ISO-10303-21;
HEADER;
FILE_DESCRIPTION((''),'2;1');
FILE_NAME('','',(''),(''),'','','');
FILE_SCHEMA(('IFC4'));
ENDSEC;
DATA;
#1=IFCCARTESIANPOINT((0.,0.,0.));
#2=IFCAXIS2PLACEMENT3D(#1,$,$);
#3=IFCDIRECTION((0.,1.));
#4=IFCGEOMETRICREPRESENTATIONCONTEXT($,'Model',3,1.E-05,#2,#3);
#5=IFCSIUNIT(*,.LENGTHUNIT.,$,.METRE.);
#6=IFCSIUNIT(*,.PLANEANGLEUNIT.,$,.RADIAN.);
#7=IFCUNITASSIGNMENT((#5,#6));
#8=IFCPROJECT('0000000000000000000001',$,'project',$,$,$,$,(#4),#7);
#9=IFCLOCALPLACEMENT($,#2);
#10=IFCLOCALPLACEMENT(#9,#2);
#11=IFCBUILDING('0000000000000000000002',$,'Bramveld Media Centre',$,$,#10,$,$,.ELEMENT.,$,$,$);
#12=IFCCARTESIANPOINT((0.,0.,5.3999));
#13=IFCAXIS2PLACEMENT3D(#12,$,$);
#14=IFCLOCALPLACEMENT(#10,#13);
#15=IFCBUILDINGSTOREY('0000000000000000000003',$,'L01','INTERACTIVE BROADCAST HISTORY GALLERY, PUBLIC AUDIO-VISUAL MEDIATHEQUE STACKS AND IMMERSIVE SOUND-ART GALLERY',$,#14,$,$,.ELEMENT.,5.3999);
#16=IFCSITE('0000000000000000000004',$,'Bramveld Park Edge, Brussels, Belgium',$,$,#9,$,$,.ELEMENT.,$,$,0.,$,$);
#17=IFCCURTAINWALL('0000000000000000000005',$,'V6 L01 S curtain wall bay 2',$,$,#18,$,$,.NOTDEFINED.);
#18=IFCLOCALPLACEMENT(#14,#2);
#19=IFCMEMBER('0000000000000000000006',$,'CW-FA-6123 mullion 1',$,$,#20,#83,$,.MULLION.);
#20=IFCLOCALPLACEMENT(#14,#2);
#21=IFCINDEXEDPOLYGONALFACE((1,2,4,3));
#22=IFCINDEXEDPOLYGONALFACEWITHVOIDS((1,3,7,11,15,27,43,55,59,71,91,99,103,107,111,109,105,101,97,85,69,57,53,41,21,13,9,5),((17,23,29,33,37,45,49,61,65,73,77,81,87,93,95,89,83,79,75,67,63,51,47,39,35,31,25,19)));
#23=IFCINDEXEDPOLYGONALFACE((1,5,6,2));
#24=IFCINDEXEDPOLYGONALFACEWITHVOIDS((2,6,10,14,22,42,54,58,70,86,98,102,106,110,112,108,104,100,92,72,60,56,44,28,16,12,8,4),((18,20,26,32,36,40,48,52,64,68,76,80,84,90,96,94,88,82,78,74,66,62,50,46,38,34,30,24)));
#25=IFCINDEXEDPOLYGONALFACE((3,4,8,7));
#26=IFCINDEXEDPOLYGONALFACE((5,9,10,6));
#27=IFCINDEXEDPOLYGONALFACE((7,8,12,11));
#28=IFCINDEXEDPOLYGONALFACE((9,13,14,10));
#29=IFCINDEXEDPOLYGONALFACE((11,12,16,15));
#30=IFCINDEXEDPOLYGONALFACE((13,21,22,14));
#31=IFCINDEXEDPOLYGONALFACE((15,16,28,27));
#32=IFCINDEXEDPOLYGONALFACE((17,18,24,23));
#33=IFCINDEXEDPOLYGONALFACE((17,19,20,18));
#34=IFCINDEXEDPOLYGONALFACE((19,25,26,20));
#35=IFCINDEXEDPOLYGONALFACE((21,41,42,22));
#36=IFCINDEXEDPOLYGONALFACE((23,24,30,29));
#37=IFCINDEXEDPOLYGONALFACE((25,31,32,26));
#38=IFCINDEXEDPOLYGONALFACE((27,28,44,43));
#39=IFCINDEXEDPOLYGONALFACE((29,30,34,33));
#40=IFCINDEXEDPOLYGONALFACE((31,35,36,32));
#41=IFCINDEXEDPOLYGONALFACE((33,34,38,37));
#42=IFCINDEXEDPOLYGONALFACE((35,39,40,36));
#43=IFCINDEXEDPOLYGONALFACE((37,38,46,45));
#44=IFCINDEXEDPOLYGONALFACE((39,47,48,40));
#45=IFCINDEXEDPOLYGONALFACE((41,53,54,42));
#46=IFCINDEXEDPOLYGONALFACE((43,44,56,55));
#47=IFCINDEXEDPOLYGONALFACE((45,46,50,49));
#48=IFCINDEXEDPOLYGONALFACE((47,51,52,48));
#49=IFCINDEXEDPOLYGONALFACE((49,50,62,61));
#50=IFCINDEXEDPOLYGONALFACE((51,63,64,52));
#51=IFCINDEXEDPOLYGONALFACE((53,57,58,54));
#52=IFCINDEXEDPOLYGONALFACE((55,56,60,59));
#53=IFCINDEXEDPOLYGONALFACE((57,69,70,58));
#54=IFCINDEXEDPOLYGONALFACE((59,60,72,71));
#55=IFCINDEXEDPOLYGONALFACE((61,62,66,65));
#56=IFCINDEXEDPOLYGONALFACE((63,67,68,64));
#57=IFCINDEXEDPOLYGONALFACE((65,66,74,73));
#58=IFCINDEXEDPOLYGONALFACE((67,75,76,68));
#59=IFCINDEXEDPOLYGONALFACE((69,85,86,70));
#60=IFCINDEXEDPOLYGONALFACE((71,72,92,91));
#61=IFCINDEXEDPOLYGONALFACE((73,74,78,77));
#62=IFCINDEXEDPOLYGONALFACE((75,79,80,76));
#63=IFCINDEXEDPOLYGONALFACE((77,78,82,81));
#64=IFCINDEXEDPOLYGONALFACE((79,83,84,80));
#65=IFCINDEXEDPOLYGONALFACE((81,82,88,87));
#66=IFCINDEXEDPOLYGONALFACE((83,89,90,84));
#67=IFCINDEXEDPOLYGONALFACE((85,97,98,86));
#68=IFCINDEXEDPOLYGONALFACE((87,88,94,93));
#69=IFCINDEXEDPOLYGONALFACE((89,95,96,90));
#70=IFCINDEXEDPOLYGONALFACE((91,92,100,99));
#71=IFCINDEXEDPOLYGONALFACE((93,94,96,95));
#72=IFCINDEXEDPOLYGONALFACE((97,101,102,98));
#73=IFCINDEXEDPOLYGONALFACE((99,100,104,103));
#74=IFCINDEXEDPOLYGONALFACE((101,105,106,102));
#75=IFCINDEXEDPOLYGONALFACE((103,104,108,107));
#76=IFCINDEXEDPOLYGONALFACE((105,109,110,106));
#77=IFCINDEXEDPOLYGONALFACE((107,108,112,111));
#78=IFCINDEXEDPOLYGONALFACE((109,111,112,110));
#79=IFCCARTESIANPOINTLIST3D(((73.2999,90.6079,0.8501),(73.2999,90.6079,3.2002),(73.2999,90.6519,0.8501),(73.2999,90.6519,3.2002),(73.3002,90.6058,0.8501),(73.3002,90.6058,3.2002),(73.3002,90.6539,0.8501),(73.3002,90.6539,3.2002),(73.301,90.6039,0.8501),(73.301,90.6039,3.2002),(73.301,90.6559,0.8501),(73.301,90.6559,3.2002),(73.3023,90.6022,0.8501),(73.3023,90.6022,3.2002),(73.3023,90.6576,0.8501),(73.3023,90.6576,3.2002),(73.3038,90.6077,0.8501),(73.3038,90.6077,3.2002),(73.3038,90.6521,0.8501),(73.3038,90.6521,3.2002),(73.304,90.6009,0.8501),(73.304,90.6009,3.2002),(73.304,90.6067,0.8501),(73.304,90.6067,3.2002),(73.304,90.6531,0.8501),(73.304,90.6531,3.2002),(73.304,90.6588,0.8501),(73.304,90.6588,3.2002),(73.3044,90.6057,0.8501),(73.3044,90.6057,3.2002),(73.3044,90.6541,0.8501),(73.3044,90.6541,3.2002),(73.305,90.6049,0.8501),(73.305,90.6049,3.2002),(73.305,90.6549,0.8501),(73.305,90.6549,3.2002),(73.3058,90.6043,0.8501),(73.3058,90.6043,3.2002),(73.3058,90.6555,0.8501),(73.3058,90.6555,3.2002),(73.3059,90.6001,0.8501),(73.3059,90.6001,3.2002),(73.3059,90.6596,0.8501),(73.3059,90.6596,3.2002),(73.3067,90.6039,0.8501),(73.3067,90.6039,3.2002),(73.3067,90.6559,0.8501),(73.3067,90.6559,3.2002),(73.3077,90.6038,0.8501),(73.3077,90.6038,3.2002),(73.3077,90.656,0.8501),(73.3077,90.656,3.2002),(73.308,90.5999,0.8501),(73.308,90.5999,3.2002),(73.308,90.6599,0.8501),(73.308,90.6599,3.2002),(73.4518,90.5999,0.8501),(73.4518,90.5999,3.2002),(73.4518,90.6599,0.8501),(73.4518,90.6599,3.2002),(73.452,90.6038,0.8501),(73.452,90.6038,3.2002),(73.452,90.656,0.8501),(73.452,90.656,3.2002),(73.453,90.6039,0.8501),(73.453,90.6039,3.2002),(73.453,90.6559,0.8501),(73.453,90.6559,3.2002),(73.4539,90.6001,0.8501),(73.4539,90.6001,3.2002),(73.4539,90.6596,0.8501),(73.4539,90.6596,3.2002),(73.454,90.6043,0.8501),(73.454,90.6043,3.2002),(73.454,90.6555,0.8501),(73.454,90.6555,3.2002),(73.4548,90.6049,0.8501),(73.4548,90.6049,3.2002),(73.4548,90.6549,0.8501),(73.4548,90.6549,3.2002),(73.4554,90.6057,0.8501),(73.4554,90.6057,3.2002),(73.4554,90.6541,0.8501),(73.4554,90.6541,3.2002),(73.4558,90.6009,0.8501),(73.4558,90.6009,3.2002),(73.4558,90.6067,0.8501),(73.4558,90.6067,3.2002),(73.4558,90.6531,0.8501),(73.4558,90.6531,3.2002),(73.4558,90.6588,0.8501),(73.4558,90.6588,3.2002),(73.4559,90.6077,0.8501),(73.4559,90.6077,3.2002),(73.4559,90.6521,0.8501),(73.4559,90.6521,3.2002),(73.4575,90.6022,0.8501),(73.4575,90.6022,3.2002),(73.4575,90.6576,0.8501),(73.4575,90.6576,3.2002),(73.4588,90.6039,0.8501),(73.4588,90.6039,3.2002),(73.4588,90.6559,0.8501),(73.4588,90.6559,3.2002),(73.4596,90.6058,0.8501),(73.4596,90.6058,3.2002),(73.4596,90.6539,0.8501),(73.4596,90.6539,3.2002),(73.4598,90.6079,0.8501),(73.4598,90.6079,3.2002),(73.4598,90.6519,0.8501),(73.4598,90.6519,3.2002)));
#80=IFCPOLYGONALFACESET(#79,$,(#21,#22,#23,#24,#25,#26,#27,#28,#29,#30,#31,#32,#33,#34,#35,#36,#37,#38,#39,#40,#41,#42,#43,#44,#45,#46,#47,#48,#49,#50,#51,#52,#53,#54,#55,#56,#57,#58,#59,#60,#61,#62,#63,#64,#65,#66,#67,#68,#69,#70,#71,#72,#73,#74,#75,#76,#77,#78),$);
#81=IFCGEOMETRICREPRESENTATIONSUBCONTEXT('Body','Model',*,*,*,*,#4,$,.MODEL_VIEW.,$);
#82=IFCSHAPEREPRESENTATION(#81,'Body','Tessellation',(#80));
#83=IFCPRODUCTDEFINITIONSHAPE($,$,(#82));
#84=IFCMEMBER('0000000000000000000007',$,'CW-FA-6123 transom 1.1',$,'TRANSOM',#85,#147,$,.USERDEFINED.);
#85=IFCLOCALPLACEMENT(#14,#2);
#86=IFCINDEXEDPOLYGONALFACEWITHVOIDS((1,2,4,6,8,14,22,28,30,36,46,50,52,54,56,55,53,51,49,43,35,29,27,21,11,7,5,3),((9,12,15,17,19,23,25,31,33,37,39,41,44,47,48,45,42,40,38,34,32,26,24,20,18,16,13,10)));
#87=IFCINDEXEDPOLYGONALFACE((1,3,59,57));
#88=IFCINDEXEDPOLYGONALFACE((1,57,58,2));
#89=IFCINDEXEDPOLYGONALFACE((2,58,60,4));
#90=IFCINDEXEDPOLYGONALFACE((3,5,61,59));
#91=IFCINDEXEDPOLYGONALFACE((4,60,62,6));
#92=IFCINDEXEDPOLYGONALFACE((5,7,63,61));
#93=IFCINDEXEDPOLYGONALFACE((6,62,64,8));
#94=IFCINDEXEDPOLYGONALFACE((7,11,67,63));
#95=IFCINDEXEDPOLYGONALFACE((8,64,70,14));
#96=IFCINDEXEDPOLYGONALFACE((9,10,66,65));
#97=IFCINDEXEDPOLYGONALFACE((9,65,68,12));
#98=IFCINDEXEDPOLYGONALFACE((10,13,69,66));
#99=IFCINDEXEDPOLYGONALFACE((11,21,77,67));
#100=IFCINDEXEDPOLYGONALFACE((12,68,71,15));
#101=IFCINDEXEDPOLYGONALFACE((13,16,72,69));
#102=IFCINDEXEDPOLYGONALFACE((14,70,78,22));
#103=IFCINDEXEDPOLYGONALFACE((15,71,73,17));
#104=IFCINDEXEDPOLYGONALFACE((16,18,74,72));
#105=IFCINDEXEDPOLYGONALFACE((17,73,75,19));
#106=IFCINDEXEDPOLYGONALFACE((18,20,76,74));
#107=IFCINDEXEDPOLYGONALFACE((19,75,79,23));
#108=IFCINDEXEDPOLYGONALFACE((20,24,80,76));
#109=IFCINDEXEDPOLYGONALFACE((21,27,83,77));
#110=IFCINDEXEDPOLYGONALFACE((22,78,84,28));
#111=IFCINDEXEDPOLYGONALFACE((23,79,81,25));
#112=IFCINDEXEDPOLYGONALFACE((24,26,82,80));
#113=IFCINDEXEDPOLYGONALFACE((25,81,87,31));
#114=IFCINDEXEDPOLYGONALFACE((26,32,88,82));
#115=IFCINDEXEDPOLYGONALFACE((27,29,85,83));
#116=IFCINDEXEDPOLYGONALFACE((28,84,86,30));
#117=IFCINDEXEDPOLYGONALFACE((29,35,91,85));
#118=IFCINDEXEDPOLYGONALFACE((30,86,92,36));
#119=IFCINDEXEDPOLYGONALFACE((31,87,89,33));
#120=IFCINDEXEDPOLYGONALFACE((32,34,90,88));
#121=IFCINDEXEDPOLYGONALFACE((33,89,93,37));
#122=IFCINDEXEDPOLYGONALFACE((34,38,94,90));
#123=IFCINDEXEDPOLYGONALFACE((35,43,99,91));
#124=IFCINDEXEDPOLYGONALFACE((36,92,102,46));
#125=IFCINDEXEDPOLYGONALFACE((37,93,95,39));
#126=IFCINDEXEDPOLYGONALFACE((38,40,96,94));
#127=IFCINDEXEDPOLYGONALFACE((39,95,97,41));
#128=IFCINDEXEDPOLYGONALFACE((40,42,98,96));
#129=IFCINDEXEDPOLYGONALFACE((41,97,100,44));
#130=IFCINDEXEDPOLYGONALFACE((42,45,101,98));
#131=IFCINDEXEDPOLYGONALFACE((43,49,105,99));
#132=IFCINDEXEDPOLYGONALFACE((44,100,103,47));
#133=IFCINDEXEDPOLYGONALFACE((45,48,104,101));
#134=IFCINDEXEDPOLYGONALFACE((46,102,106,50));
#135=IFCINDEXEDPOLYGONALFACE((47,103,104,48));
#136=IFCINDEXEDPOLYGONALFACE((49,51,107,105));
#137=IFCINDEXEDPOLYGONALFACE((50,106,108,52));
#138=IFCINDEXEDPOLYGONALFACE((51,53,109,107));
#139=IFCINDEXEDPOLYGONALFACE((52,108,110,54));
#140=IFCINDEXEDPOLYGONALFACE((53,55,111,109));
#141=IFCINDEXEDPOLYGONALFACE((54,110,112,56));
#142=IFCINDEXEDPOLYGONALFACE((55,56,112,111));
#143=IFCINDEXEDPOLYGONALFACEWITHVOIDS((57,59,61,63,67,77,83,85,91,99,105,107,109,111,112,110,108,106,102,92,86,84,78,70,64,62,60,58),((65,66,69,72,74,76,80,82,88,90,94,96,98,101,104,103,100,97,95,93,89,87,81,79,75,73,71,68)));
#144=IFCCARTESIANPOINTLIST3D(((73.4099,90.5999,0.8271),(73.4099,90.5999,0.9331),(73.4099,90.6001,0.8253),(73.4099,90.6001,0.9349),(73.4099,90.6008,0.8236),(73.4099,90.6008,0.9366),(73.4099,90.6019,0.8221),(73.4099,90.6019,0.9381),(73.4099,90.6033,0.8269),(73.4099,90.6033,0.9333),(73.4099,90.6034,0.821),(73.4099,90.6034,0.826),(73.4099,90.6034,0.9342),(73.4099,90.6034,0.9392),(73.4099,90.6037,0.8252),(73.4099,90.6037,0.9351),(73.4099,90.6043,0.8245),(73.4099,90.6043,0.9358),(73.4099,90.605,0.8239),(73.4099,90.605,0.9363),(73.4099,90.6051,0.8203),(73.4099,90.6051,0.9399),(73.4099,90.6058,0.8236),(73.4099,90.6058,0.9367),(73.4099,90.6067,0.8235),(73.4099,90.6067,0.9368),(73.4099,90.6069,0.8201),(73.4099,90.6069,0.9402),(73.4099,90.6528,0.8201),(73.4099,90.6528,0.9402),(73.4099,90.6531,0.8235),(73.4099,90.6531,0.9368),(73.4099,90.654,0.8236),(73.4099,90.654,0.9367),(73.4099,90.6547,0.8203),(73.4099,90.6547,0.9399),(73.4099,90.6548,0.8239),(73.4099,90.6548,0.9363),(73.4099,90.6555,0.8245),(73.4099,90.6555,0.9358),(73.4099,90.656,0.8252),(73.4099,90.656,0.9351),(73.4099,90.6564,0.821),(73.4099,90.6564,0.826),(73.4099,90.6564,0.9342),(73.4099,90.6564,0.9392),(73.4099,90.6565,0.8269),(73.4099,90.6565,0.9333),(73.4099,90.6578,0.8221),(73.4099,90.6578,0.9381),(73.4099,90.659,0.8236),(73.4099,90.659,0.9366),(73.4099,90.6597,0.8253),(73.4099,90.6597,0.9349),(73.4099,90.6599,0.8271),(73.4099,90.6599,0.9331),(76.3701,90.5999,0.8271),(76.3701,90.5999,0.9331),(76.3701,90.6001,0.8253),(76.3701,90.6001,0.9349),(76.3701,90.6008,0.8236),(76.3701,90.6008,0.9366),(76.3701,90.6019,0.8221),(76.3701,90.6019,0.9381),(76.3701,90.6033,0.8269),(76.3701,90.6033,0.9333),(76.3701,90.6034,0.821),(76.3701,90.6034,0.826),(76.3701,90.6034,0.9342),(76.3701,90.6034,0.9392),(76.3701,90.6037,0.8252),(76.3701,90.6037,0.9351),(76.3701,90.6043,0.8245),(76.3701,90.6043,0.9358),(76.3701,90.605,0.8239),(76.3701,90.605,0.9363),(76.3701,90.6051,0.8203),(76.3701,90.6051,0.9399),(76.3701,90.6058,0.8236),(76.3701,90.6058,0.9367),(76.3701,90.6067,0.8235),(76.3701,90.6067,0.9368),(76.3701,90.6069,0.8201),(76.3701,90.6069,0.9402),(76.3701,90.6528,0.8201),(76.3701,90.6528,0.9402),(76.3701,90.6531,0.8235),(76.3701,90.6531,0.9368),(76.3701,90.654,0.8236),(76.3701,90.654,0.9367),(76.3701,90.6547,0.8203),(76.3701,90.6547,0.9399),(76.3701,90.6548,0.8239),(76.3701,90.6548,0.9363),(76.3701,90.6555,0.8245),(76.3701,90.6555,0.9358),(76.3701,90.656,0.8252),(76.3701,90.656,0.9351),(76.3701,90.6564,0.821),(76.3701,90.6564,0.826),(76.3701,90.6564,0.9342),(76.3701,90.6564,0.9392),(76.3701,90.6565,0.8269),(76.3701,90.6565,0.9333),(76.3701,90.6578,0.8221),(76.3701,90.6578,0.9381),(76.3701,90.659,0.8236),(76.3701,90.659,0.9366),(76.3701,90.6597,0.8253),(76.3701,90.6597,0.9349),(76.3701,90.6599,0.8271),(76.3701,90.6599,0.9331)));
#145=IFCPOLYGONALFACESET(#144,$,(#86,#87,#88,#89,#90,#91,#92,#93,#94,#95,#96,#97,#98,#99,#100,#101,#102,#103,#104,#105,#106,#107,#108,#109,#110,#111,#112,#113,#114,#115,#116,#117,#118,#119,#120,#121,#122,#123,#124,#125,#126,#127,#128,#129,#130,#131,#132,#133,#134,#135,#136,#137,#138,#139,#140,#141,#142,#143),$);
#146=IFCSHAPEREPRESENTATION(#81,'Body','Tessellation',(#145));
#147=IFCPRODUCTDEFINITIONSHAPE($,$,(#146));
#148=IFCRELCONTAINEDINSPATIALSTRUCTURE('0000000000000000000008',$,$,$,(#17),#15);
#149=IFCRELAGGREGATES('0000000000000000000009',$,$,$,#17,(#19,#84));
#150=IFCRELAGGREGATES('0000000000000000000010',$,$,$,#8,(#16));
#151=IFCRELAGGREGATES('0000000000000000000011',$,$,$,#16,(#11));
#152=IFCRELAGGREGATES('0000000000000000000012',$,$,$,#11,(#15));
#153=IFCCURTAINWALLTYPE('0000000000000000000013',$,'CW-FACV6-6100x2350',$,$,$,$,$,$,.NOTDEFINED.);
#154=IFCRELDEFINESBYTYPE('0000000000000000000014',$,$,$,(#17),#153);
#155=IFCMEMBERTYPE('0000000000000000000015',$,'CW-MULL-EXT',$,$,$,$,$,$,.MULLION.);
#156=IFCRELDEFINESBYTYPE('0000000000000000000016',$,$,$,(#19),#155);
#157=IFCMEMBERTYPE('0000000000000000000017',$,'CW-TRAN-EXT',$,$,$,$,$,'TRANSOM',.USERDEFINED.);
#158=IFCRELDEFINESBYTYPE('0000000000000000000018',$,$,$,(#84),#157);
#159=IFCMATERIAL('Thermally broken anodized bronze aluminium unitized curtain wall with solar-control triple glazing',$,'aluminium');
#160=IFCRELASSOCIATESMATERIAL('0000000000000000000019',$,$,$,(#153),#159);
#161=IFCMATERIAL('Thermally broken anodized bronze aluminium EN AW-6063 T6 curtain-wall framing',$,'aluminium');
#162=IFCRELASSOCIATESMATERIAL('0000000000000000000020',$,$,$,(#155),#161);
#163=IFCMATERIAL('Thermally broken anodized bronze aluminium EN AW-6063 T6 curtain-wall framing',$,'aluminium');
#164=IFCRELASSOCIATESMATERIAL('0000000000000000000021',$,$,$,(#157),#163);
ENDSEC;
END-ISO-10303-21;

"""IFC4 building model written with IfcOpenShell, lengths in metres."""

from ifc_helpers import new_model, si_unit, direction, frame, origin, origin_2d, place, context, subcontext, project, spatial, hollow_rectangle, extrude, material, material_profile, profile_set, type_object, element, aggregate, save


model = new_model("IFC4")

# Units and contexts
model_context = context("Model", 3, precision=1e-05, world=origin(), true_north=direction((0.0, 1.0)))
body_context = subcontext(model_context, "Body", "Model", "MODEL_VIEW")
ifc_project = project(units=[si_unit("LENGTHUNIT", "METRE"), si_unit("PLANEANGLEUNIT", "RADIAN")], contexts=[model_context])

# Site, building, storey
site_placement = place(None, origin())
site = spatial("IfcSite", under=ifc_project, at=site_placement, Name="Bramveld Park Edge, Brussels, Belgium", CompositionType="ELEMENT", RefElevation=0.0)
building_placement = place(site_placement, origin())
building = spatial("IfcBuilding", under=site, at=building_placement, Name="Bramveld Media Centre", CompositionType="ELEMENT")
storey_placement = place(building_placement, frame((0.0, 0.0, 5.3999)))
storey = spatial("IfcBuildingStorey", under=building, at=storey_placement, Name="L01", Description="INTERACTIVE BROADCAST HISTORY GALLERY, PUBLIC AUDIO-VISUAL MEDIATHEQUE STACKS AND IMMERSIVE SOUND-ART GALLERY", CompositionType="ELEMENT", Elevation=5.3999)

# Shared definitions
ifc_material_1 = material(Name="Thermally broken anodized bronze aluminium unitized curtain wall with solar-control triple glazing", Category="aluminium")
curtain_wall_type = type_object("IfcCurtainWallType", Name="CW-FACV6-6100x2350", PredefinedType="NOTDEFINED", material=ifc_material_1)
ifc_material_2 = material(Name="Thermally broken anodized bronze aluminium EN AW-6063 T6 curtain-wall framing", Category="aluminium")
ifc_material_profile_1 = material_profile(ifc_material_2, hollow_rectangle(XDim=0.0601, YDim=0.1599, WallThickness=0.0039, InnerFilletRadius=0.0039, OuterFilletRadius=0.0081, at=origin_2d()), Name="AL-MULL 60x160")
ifc_profile_set_1 = profile_set([ifc_material_profile_1], Name="Thermally broken anodized bronze aluminium EN AW-6063 T6 curtain-wall framing")
member_type_1 = type_object("IfcMemberType", Name="CW-MULL-EXT", PredefinedType="MULLION", material=ifc_profile_set_1)

# Curtain wall, members
curtain_wall_1_placement = place(storey_placement, origin())
curtain_wall_1 = element("IfcCurtainWall", 1, at=curtain_wall_1_placement, inside=storey, type_object=curtain_wall_type, Name="V6 L01 S curtain wall bay 2", PredefinedType="NOTDEFINED")
member_1_placement = place(storey_placement, frame((73.3799, 90.6299, 0.8501), z_axis=(0.0, 0.0, 1.0), x_axis=(0.0, 1.0, 0.0)))
member_1 = element("IfcMember", 2, at=member_1_placement, type_object=member_type_1, Name="CW-FA-6123 mullion 1", PredefinedType="MULLION", context=body_context, shape_type="SweptSolid", body=[
    extrude(hollow_rectangle(XDim=0.0601, YDim=0.1599, WallThickness=0.0039, InnerFilletRadius=0.0039, OuterFilletRadius=0.0081, at=origin_2d()), origin(), (0.0, 0.0, 1.0), 2.3501),
])
ifc_material_3 = material(Name="Thermally broken anodized bronze aluminium EN AW-6063 T6 curtain-wall framing", Category="aluminium")
ifc_material_profile_2 = material_profile(ifc_material_3, hollow_rectangle(XDim=0.0601, YDim=0.1201, WallThickness=0.0034, InnerFilletRadius=0.0034, OuterFilletRadius=0.0071, at=origin_2d()), Name="AL-TRAN 60x120")
ifc_profile_set_2 = profile_set([ifc_material_profile_2], Name="Thermally broken anodized bronze aluminium EN AW-6063 T6 curtain-wall framing")
member_type_2 = type_object("IfcMemberType", Name="CW-TRAN-EXT", ElementType="TRANSOM", PredefinedType="USERDEFINED", material=ifc_profile_set_2)
member_2_placement = place(storey_placement, frame((73.4099, 90.6299, 0.8801), z_axis=(1.0, 0.0, 0.0), x_axis=(0.0, 1.0, 0.0)))
member_2 = element("IfcMember", 3, at=member_2_placement, type_object=member_type_2, Name="CW-FA-6123 transom 1.1", ObjectType="TRANSOM", PredefinedType="USERDEFINED", context=body_context, shape_type="SweptSolid", body=[
    extrude(hollow_rectangle(XDim=0.0601, YDim=0.1201, WallThickness=0.0034, InnerFilletRadius=0.0034, OuterFilletRadius=0.0071, at=origin_2d()), origin(), (0.0, 0.0, 1.0), 2.9602),
])
aggregate(curtain_wall_1, [member_1, member_2])

save(model, "model.ifc")
